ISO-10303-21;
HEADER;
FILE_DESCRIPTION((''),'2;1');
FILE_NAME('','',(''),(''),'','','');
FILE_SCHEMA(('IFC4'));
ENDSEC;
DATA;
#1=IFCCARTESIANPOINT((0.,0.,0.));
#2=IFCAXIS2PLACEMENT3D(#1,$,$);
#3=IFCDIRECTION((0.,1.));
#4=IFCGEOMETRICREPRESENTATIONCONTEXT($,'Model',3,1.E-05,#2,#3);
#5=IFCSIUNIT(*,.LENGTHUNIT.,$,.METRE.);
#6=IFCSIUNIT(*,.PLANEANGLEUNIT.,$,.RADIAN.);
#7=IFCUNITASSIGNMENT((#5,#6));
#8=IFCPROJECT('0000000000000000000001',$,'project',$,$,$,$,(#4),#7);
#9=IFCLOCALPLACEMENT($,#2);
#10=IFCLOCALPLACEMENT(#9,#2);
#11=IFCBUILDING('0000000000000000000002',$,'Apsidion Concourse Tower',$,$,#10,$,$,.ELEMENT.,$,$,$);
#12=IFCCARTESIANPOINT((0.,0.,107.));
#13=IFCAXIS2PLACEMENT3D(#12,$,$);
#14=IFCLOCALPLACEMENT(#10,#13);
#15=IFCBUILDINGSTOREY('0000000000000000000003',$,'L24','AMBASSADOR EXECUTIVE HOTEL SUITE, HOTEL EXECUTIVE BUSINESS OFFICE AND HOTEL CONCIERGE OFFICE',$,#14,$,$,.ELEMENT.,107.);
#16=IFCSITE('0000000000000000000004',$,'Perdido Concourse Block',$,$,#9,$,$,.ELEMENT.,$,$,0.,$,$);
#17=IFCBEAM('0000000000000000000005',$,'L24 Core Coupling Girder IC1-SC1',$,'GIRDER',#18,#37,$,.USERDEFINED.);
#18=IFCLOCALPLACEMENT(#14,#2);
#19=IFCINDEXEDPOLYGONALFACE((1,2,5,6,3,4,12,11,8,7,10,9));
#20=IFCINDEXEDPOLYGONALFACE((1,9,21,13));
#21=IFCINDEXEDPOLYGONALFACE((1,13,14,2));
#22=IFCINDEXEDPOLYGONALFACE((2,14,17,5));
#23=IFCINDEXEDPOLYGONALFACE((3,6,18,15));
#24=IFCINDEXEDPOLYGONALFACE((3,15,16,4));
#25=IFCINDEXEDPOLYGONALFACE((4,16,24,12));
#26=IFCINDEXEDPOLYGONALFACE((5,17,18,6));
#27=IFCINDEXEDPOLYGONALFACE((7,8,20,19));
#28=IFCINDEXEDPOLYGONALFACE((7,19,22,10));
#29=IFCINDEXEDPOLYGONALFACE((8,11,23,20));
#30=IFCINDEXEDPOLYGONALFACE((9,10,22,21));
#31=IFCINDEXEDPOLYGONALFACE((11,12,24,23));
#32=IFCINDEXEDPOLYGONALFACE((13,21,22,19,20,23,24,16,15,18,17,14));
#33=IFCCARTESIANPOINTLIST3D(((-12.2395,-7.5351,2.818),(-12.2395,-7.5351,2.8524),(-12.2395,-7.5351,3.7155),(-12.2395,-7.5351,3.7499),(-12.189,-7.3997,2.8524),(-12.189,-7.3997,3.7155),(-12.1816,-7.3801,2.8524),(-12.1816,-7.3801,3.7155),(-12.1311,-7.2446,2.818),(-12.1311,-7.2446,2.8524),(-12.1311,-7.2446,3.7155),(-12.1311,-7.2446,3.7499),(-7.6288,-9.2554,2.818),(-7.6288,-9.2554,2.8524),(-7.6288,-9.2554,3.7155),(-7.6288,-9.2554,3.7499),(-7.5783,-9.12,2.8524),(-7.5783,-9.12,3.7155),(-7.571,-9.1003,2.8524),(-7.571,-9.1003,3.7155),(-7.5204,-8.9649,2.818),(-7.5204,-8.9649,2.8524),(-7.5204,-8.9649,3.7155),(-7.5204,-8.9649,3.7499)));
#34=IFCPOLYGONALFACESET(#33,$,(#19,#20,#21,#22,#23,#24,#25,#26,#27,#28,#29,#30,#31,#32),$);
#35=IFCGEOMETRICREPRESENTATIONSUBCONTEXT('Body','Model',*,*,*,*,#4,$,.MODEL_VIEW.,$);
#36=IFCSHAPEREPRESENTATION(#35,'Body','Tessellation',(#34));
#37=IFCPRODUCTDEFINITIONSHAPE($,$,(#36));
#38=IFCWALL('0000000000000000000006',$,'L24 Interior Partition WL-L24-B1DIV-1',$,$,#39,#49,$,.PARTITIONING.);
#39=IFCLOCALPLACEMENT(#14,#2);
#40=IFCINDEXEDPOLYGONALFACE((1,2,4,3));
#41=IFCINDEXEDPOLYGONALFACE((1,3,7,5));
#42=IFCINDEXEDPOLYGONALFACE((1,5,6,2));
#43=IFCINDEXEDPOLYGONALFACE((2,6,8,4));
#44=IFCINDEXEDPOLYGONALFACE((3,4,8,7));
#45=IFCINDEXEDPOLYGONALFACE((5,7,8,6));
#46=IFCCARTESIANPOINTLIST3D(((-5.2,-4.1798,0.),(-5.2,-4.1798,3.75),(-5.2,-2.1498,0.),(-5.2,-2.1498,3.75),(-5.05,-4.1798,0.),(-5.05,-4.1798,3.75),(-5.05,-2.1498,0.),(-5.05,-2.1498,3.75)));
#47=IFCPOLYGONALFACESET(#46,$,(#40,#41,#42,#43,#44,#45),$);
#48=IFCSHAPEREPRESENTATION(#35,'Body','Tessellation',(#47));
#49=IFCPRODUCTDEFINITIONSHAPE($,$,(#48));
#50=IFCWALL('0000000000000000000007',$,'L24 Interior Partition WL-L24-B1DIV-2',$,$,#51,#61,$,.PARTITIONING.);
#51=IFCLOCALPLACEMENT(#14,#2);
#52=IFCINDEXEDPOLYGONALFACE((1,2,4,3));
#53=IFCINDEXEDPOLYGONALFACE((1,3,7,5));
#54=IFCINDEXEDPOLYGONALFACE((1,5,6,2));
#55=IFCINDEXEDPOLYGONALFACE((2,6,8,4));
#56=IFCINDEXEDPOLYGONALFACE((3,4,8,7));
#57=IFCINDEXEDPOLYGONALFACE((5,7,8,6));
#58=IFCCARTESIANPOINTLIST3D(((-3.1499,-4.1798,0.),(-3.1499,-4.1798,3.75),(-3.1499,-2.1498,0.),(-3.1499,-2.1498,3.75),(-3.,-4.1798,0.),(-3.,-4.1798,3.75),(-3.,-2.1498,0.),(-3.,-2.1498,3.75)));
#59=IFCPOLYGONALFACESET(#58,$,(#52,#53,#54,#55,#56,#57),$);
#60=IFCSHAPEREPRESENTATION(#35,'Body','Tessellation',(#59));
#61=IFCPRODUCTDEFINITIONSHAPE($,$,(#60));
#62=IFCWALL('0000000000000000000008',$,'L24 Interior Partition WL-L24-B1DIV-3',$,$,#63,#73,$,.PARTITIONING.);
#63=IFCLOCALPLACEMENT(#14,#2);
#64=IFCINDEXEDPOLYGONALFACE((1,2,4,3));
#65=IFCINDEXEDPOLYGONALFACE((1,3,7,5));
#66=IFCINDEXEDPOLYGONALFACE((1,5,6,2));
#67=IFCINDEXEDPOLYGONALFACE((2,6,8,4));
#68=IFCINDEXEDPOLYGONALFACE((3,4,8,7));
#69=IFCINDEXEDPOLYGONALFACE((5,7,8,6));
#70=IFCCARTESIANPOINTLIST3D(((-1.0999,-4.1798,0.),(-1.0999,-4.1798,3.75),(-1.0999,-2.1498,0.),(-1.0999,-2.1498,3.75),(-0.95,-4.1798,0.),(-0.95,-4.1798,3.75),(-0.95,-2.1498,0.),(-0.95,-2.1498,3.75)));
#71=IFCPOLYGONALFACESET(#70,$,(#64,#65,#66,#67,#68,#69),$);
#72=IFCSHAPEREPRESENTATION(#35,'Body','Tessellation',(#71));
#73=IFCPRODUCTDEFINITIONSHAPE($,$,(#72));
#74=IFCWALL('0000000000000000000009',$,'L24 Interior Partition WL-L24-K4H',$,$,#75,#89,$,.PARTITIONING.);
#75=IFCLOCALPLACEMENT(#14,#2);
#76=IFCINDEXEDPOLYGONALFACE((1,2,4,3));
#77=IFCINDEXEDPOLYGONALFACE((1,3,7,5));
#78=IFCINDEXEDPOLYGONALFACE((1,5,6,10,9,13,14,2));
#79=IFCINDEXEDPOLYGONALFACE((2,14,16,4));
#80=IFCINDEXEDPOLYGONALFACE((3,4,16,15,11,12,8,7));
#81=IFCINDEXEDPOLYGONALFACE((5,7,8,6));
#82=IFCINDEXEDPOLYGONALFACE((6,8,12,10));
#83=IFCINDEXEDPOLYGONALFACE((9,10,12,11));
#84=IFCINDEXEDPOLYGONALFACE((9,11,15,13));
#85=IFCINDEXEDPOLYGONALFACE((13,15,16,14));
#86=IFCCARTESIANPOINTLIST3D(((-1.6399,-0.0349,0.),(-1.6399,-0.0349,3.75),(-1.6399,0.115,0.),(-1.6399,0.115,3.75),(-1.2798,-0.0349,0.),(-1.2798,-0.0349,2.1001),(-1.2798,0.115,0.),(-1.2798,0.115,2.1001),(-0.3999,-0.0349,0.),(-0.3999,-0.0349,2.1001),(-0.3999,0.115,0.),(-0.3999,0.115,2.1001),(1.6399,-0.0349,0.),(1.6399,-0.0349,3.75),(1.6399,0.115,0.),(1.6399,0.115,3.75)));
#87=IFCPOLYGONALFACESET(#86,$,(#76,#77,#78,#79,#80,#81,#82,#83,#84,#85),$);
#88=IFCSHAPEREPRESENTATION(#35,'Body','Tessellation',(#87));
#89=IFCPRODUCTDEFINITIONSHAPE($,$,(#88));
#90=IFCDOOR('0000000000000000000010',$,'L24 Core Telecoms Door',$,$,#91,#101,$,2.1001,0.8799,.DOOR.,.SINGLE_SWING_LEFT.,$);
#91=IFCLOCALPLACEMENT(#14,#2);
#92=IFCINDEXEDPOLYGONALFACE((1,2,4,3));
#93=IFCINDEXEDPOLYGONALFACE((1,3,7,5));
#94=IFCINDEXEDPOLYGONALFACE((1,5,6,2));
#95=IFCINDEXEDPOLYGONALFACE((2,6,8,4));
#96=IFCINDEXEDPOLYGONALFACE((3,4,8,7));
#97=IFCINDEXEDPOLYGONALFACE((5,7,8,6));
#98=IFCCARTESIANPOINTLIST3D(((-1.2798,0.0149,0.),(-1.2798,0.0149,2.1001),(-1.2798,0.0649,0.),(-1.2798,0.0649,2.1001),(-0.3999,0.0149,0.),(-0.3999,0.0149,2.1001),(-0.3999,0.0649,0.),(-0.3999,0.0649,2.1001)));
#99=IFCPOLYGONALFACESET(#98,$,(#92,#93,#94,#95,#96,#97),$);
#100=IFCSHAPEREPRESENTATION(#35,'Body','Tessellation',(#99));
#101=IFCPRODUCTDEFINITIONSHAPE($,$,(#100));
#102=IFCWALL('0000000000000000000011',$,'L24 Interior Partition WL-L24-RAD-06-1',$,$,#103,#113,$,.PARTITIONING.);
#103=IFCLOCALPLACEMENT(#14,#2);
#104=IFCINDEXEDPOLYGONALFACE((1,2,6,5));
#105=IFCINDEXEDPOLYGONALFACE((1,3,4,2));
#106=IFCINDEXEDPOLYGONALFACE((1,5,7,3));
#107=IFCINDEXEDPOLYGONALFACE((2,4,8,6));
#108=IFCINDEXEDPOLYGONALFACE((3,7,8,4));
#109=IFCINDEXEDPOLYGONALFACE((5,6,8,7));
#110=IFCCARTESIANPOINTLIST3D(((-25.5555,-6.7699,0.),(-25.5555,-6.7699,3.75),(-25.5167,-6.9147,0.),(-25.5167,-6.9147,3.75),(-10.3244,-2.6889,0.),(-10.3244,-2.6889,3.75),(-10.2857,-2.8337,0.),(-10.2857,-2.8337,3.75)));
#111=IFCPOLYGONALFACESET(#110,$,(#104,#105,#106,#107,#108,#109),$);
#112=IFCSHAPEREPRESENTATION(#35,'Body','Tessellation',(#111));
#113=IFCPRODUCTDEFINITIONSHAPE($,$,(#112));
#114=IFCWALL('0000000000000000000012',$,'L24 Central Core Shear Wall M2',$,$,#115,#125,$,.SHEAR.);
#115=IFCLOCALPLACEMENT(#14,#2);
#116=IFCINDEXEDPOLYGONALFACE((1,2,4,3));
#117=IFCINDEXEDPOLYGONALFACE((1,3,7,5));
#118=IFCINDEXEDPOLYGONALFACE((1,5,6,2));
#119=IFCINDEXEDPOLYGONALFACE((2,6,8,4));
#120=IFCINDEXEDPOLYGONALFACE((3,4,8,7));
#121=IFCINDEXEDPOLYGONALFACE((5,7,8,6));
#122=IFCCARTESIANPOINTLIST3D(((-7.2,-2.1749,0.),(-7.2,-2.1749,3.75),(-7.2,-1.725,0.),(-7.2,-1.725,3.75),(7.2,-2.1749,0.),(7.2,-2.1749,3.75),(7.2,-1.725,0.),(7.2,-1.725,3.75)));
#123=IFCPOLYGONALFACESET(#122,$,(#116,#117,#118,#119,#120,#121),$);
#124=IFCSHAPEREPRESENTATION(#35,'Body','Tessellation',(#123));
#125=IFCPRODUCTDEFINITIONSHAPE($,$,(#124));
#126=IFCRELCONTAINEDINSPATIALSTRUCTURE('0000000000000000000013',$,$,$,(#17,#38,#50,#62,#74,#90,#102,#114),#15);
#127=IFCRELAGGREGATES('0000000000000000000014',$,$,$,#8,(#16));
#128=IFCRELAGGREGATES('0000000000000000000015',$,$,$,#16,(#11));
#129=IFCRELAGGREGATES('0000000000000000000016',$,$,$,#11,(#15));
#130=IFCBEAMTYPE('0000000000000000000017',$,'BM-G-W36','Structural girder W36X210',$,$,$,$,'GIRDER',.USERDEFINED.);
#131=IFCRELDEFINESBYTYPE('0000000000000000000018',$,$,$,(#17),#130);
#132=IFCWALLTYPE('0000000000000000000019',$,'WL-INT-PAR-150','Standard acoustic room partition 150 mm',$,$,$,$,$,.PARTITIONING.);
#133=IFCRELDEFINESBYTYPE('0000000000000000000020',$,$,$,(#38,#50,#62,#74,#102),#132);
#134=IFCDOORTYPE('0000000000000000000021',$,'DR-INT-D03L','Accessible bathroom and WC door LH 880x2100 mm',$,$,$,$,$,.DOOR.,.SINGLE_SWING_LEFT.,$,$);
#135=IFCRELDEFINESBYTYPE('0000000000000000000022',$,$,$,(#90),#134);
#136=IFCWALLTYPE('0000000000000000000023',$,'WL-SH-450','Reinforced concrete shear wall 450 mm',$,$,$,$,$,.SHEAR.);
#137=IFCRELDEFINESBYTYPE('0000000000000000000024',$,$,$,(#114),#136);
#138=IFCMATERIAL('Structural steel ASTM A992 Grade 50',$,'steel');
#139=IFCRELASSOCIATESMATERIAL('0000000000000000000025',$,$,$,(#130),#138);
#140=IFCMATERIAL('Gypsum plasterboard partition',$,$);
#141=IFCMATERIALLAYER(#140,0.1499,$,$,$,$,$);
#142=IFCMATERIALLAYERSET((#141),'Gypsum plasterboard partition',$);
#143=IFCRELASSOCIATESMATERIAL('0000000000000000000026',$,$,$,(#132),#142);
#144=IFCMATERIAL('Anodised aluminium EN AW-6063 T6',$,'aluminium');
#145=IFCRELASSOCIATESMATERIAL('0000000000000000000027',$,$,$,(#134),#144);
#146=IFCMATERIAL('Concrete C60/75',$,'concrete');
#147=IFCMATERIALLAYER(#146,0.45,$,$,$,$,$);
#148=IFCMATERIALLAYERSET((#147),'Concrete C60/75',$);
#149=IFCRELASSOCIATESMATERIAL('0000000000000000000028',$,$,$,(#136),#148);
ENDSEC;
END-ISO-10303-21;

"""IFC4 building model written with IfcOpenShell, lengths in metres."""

from ifc_helpers import new_model, si_unit, direction, frame, frame_2d, origin, origin_2d, place, context, subcontext, project, spatial, rectangle, i_section, extrude, material, layer, layer_set, material_profile, profile_set, type_object, element, fill, save


model = new_model("IFC4")

# Units and contexts
model_context = context("Model", 3, precision=1e-05, world=origin(), true_north=direction((0.0, 1.0)))
body_context = subcontext(model_context, "Body", "Model", "MODEL_VIEW")
ifc_project = project(units=[si_unit("LENGTHUNIT", "METRE"), si_unit("PLANEANGLEUNIT", "RADIAN")], contexts=[model_context])

# Site, building, storey
site_placement = place(None, origin())
site = spatial("IfcSite", under=ifc_project, at=site_placement, Name="Perdido Concourse Block", CompositionType="ELEMENT", RefElevation=0.0)
building_placement = place(site_placement, origin())
building = spatial("IfcBuilding", under=site, at=building_placement, Name="Apsidion Concourse Tower", CompositionType="ELEMENT")
storey_placement = place(building_placement, frame((0.0, 0.0, 107.0)))
storey = spatial("IfcBuildingStorey", under=building, at=storey_placement, Name="L24", Description="AMBASSADOR EXECUTIVE HOTEL SUITE, HOTEL EXECUTIVE BUSINESS OFFICE AND HOTEL CONCIERGE OFFICE", CompositionType="ELEMENT", Elevation=107.0)

# Beam
ifc_material_1 = material(Name="Structural steel ASTM A992 Grade 50", Category="steel")
ifc_material_profile = material_profile(ifc_material_1, i_section(OverallWidth=0.3101, OverallDepth=0.9319, WebThickness=0.021, FlangeThickness=0.0344, at=origin_2d()), Name="W36X210")
ifc_profile_set = profile_set([ifc_material_profile], Name="Structural steel ASTM A992 Grade 50")
beam_type = type_object("IfcBeamType", Name="BM-G-W36", Description="Structural girder W36X210", ElementType="GIRDER", PredefinedType="USERDEFINED", material=ifc_profile_set)
beam_placement = place(storey_placement, frame((-12.1853, -7.3899, 3.2839), z_axis=(0.936913, -0.349563, 0.0), x_axis=(0.349563, 0.936913, 0.0)))
element("IfcBeam", 1, at=beam_placement, inside=storey, type_object=beam_type, Name="L24 Core Coupling Girder IC1-SC1", ObjectType="GIRDER", PredefinedType="USERDEFINED", context=body_context, shape_type="SweptSolid", body=[
    extrude(i_section(OverallWidth=0.3101, OverallDepth=0.9319, WebThickness=0.021, FlangeThickness=0.0344, at=origin_2d()), origin(), (0.0, 0.0, 1.0), 4.9211),
])

# Walls
ifc_material_2 = material(Name="Gypsum plasterboard partition")
ifc_layer_1 = layer(ifc_material_2, 0.1499)
ifc_layer_set_1 = layer_set([ifc_layer_1], Name="Gypsum plasterboard partition")
wall_type_1 = type_object("IfcWallType", Name="WL-INT-PAR-150", Description="Standard acoustic room partition 150 mm", PredefinedType="PARTITIONING", material=ifc_layer_set_1)
for number, where, z_axis, x_axis, name in (
    (2, (-5.125, -4.1799, 0.0), (0.0, 0.0, 1.0), (0.0, 1.0, 0.0), "L24 Interior Partition WL-L24-B1DIV-1"),
    (3, (-3.075, -4.1799, 0.0), (0.0, 0.0, 1.0), (0.0, 1.0, 0.0), "L24 Interior Partition WL-L24-B1DIV-2"),
    (4, (-1.0249, -4.1799, 0.0), (0.0, 0.0, 1.0), (0.0, 1.0, 0.0), "L24 Interior Partition WL-L24-B1DIV-3"),
):
    element("IfcWall", number, at=place(storey_placement, frame(where, z_axis=z_axis, x_axis=x_axis)), inside=storey, type_object=wall_type_1, Name=name, PredefinedType="PARTITIONING", context=body_context, shape_type="SweptSolid", body=[
        extrude(rectangle(XDim=2.03, YDim=0.1499, at=frame_2d((1.0151, 0.0))), origin(), (0.0, 0.0, 1.0), 3.75),
    ])

# Wall, opening, door
wall_1_placement = place(storey_placement, frame((-1.6399, 0.04, 0.0), z_axis=(0.0, 0.0, 1.0), x_axis=(1.0, 0.0, 0.0)))
wall_1 = element("IfcWall", 5, at=wall_1_placement, inside=storey, type_object=wall_type_1, Name="L24 Interior Partition WL-L24-K4H", PredefinedType="PARTITIONING", context=body_context, shape_type="SweptSolid", body=[
    extrude(rectangle(XDim=3.2798, YDim=0.1499, at=frame_2d((1.6399, 0.0))), origin(), (0.0, 0.0, 1.0), 3.75),
])
opening_1_placement = place(wall_1_placement, frame((0.3601, 0.0, 0.0)))
opening_1 = element("IfcOpeningElement", 6, at=opening_1_placement, cuts=wall_1, PredefinedType="OPENING", context=body_context, shape_type="SweptSolid", body=[
    extrude(rectangle(XDim=0.8799, YDim=2.1001, at=frame_2d((0.4399, 1.05))), frame((0.0, 0.085, 0.0), z_axis=(0.0, -1.0, 0.0), x_axis=(1.0, 0.0, 0.0)), (0.0, 0.0, 1.0), 0.1699),
])
ifc_material_3 = material(Name="Anodised aluminium EN AW-6063 T6", Category="aluminium")
door_type_1 = type_object("IfcDoorType", Name="DR-INT-D03L", Description="Accessible bathroom and WC door LH 880x2100 mm", OperationType="SINGLE_SWING_LEFT", PredefinedType="DOOR", material=ifc_material_3)
door_1_placement = place(opening_1_placement, origin())
door_1 = element("IfcDoor", 7, at=door_1_placement, inside=storey, type_object=door_type_1, Name="L24 Core Telecoms Door", OperationType="SINGLE_SWING_LEFT", OverallHeight=2.1001, OverallWidth=0.8799, PredefinedType="DOOR", context=body_context, shape_type="SweptSolid", body=[
    extrude(rectangle(XDim=0.8799, YDim=2.1001, at=frame_2d((0.4399, 1.05))), frame((0.0, 0.0249, 0.0), z_axis=(0.0, -1.0, 0.0), x_axis=(1.0, 0.0, 0.0)), (0.0, 0.0, 1.0), 0.05),
])
fill(opening_1, door_1)

# Wall
wall_2_placement = place(storey_placement, frame((-10.3049, -2.7612, 0.0), z_axis=(0.0, 0.0, 1.0), x_axis=(-0.965927, -0.258815, 0.0)))
element("IfcWall", 8, at=wall_2_placement, inside=storey, type_object=wall_type_1, Name="L24 Interior Partition WL-L24-RAD-06-1", PredefinedType="PARTITIONING", context=body_context, shape_type="SweptSolid", body=[
    extrude(rectangle(XDim=15.7683, YDim=0.1499, at=frame_2d((7.8843, 0.0))), origin(), (0.0, 0.0, 1.0), 3.75),
])

# Shared definitions
ifc_material_4 = material(Name="Concrete C60/75", Category="concrete")
ifc_layer_2 = layer(ifc_material_4, 0.45)
ifc_layer_set_2 = layer_set([ifc_layer_2], Name="Concrete C60/75")
wall_type_2 = type_object("IfcWallType", Name="WL-SH-450", Description="Reinforced concrete shear wall 450 mm", PredefinedType="SHEAR", material=ifc_layer_set_2)

# Wall
wall_3_placement = place(storey_placement, frame((-7.2, -1.95, 0.0), z_axis=(0.0, 0.0, 1.0), x_axis=(1.0, 0.0, 0.0)))
element("IfcWall", 9, at=wall_3_placement, inside=storey, type_object=wall_type_2, Name="L24 Central Core Shear Wall M2", PredefinedType="SHEAR", context=body_context, shape_type="SweptSolid", body=[
    extrude(rectangle(XDim=14.3999, YDim=0.45, at=frame_2d((7.2, 0.0))), origin(), (0.0, 0.0, 1.0), 3.75),
])

save(model, "model.ifc")
